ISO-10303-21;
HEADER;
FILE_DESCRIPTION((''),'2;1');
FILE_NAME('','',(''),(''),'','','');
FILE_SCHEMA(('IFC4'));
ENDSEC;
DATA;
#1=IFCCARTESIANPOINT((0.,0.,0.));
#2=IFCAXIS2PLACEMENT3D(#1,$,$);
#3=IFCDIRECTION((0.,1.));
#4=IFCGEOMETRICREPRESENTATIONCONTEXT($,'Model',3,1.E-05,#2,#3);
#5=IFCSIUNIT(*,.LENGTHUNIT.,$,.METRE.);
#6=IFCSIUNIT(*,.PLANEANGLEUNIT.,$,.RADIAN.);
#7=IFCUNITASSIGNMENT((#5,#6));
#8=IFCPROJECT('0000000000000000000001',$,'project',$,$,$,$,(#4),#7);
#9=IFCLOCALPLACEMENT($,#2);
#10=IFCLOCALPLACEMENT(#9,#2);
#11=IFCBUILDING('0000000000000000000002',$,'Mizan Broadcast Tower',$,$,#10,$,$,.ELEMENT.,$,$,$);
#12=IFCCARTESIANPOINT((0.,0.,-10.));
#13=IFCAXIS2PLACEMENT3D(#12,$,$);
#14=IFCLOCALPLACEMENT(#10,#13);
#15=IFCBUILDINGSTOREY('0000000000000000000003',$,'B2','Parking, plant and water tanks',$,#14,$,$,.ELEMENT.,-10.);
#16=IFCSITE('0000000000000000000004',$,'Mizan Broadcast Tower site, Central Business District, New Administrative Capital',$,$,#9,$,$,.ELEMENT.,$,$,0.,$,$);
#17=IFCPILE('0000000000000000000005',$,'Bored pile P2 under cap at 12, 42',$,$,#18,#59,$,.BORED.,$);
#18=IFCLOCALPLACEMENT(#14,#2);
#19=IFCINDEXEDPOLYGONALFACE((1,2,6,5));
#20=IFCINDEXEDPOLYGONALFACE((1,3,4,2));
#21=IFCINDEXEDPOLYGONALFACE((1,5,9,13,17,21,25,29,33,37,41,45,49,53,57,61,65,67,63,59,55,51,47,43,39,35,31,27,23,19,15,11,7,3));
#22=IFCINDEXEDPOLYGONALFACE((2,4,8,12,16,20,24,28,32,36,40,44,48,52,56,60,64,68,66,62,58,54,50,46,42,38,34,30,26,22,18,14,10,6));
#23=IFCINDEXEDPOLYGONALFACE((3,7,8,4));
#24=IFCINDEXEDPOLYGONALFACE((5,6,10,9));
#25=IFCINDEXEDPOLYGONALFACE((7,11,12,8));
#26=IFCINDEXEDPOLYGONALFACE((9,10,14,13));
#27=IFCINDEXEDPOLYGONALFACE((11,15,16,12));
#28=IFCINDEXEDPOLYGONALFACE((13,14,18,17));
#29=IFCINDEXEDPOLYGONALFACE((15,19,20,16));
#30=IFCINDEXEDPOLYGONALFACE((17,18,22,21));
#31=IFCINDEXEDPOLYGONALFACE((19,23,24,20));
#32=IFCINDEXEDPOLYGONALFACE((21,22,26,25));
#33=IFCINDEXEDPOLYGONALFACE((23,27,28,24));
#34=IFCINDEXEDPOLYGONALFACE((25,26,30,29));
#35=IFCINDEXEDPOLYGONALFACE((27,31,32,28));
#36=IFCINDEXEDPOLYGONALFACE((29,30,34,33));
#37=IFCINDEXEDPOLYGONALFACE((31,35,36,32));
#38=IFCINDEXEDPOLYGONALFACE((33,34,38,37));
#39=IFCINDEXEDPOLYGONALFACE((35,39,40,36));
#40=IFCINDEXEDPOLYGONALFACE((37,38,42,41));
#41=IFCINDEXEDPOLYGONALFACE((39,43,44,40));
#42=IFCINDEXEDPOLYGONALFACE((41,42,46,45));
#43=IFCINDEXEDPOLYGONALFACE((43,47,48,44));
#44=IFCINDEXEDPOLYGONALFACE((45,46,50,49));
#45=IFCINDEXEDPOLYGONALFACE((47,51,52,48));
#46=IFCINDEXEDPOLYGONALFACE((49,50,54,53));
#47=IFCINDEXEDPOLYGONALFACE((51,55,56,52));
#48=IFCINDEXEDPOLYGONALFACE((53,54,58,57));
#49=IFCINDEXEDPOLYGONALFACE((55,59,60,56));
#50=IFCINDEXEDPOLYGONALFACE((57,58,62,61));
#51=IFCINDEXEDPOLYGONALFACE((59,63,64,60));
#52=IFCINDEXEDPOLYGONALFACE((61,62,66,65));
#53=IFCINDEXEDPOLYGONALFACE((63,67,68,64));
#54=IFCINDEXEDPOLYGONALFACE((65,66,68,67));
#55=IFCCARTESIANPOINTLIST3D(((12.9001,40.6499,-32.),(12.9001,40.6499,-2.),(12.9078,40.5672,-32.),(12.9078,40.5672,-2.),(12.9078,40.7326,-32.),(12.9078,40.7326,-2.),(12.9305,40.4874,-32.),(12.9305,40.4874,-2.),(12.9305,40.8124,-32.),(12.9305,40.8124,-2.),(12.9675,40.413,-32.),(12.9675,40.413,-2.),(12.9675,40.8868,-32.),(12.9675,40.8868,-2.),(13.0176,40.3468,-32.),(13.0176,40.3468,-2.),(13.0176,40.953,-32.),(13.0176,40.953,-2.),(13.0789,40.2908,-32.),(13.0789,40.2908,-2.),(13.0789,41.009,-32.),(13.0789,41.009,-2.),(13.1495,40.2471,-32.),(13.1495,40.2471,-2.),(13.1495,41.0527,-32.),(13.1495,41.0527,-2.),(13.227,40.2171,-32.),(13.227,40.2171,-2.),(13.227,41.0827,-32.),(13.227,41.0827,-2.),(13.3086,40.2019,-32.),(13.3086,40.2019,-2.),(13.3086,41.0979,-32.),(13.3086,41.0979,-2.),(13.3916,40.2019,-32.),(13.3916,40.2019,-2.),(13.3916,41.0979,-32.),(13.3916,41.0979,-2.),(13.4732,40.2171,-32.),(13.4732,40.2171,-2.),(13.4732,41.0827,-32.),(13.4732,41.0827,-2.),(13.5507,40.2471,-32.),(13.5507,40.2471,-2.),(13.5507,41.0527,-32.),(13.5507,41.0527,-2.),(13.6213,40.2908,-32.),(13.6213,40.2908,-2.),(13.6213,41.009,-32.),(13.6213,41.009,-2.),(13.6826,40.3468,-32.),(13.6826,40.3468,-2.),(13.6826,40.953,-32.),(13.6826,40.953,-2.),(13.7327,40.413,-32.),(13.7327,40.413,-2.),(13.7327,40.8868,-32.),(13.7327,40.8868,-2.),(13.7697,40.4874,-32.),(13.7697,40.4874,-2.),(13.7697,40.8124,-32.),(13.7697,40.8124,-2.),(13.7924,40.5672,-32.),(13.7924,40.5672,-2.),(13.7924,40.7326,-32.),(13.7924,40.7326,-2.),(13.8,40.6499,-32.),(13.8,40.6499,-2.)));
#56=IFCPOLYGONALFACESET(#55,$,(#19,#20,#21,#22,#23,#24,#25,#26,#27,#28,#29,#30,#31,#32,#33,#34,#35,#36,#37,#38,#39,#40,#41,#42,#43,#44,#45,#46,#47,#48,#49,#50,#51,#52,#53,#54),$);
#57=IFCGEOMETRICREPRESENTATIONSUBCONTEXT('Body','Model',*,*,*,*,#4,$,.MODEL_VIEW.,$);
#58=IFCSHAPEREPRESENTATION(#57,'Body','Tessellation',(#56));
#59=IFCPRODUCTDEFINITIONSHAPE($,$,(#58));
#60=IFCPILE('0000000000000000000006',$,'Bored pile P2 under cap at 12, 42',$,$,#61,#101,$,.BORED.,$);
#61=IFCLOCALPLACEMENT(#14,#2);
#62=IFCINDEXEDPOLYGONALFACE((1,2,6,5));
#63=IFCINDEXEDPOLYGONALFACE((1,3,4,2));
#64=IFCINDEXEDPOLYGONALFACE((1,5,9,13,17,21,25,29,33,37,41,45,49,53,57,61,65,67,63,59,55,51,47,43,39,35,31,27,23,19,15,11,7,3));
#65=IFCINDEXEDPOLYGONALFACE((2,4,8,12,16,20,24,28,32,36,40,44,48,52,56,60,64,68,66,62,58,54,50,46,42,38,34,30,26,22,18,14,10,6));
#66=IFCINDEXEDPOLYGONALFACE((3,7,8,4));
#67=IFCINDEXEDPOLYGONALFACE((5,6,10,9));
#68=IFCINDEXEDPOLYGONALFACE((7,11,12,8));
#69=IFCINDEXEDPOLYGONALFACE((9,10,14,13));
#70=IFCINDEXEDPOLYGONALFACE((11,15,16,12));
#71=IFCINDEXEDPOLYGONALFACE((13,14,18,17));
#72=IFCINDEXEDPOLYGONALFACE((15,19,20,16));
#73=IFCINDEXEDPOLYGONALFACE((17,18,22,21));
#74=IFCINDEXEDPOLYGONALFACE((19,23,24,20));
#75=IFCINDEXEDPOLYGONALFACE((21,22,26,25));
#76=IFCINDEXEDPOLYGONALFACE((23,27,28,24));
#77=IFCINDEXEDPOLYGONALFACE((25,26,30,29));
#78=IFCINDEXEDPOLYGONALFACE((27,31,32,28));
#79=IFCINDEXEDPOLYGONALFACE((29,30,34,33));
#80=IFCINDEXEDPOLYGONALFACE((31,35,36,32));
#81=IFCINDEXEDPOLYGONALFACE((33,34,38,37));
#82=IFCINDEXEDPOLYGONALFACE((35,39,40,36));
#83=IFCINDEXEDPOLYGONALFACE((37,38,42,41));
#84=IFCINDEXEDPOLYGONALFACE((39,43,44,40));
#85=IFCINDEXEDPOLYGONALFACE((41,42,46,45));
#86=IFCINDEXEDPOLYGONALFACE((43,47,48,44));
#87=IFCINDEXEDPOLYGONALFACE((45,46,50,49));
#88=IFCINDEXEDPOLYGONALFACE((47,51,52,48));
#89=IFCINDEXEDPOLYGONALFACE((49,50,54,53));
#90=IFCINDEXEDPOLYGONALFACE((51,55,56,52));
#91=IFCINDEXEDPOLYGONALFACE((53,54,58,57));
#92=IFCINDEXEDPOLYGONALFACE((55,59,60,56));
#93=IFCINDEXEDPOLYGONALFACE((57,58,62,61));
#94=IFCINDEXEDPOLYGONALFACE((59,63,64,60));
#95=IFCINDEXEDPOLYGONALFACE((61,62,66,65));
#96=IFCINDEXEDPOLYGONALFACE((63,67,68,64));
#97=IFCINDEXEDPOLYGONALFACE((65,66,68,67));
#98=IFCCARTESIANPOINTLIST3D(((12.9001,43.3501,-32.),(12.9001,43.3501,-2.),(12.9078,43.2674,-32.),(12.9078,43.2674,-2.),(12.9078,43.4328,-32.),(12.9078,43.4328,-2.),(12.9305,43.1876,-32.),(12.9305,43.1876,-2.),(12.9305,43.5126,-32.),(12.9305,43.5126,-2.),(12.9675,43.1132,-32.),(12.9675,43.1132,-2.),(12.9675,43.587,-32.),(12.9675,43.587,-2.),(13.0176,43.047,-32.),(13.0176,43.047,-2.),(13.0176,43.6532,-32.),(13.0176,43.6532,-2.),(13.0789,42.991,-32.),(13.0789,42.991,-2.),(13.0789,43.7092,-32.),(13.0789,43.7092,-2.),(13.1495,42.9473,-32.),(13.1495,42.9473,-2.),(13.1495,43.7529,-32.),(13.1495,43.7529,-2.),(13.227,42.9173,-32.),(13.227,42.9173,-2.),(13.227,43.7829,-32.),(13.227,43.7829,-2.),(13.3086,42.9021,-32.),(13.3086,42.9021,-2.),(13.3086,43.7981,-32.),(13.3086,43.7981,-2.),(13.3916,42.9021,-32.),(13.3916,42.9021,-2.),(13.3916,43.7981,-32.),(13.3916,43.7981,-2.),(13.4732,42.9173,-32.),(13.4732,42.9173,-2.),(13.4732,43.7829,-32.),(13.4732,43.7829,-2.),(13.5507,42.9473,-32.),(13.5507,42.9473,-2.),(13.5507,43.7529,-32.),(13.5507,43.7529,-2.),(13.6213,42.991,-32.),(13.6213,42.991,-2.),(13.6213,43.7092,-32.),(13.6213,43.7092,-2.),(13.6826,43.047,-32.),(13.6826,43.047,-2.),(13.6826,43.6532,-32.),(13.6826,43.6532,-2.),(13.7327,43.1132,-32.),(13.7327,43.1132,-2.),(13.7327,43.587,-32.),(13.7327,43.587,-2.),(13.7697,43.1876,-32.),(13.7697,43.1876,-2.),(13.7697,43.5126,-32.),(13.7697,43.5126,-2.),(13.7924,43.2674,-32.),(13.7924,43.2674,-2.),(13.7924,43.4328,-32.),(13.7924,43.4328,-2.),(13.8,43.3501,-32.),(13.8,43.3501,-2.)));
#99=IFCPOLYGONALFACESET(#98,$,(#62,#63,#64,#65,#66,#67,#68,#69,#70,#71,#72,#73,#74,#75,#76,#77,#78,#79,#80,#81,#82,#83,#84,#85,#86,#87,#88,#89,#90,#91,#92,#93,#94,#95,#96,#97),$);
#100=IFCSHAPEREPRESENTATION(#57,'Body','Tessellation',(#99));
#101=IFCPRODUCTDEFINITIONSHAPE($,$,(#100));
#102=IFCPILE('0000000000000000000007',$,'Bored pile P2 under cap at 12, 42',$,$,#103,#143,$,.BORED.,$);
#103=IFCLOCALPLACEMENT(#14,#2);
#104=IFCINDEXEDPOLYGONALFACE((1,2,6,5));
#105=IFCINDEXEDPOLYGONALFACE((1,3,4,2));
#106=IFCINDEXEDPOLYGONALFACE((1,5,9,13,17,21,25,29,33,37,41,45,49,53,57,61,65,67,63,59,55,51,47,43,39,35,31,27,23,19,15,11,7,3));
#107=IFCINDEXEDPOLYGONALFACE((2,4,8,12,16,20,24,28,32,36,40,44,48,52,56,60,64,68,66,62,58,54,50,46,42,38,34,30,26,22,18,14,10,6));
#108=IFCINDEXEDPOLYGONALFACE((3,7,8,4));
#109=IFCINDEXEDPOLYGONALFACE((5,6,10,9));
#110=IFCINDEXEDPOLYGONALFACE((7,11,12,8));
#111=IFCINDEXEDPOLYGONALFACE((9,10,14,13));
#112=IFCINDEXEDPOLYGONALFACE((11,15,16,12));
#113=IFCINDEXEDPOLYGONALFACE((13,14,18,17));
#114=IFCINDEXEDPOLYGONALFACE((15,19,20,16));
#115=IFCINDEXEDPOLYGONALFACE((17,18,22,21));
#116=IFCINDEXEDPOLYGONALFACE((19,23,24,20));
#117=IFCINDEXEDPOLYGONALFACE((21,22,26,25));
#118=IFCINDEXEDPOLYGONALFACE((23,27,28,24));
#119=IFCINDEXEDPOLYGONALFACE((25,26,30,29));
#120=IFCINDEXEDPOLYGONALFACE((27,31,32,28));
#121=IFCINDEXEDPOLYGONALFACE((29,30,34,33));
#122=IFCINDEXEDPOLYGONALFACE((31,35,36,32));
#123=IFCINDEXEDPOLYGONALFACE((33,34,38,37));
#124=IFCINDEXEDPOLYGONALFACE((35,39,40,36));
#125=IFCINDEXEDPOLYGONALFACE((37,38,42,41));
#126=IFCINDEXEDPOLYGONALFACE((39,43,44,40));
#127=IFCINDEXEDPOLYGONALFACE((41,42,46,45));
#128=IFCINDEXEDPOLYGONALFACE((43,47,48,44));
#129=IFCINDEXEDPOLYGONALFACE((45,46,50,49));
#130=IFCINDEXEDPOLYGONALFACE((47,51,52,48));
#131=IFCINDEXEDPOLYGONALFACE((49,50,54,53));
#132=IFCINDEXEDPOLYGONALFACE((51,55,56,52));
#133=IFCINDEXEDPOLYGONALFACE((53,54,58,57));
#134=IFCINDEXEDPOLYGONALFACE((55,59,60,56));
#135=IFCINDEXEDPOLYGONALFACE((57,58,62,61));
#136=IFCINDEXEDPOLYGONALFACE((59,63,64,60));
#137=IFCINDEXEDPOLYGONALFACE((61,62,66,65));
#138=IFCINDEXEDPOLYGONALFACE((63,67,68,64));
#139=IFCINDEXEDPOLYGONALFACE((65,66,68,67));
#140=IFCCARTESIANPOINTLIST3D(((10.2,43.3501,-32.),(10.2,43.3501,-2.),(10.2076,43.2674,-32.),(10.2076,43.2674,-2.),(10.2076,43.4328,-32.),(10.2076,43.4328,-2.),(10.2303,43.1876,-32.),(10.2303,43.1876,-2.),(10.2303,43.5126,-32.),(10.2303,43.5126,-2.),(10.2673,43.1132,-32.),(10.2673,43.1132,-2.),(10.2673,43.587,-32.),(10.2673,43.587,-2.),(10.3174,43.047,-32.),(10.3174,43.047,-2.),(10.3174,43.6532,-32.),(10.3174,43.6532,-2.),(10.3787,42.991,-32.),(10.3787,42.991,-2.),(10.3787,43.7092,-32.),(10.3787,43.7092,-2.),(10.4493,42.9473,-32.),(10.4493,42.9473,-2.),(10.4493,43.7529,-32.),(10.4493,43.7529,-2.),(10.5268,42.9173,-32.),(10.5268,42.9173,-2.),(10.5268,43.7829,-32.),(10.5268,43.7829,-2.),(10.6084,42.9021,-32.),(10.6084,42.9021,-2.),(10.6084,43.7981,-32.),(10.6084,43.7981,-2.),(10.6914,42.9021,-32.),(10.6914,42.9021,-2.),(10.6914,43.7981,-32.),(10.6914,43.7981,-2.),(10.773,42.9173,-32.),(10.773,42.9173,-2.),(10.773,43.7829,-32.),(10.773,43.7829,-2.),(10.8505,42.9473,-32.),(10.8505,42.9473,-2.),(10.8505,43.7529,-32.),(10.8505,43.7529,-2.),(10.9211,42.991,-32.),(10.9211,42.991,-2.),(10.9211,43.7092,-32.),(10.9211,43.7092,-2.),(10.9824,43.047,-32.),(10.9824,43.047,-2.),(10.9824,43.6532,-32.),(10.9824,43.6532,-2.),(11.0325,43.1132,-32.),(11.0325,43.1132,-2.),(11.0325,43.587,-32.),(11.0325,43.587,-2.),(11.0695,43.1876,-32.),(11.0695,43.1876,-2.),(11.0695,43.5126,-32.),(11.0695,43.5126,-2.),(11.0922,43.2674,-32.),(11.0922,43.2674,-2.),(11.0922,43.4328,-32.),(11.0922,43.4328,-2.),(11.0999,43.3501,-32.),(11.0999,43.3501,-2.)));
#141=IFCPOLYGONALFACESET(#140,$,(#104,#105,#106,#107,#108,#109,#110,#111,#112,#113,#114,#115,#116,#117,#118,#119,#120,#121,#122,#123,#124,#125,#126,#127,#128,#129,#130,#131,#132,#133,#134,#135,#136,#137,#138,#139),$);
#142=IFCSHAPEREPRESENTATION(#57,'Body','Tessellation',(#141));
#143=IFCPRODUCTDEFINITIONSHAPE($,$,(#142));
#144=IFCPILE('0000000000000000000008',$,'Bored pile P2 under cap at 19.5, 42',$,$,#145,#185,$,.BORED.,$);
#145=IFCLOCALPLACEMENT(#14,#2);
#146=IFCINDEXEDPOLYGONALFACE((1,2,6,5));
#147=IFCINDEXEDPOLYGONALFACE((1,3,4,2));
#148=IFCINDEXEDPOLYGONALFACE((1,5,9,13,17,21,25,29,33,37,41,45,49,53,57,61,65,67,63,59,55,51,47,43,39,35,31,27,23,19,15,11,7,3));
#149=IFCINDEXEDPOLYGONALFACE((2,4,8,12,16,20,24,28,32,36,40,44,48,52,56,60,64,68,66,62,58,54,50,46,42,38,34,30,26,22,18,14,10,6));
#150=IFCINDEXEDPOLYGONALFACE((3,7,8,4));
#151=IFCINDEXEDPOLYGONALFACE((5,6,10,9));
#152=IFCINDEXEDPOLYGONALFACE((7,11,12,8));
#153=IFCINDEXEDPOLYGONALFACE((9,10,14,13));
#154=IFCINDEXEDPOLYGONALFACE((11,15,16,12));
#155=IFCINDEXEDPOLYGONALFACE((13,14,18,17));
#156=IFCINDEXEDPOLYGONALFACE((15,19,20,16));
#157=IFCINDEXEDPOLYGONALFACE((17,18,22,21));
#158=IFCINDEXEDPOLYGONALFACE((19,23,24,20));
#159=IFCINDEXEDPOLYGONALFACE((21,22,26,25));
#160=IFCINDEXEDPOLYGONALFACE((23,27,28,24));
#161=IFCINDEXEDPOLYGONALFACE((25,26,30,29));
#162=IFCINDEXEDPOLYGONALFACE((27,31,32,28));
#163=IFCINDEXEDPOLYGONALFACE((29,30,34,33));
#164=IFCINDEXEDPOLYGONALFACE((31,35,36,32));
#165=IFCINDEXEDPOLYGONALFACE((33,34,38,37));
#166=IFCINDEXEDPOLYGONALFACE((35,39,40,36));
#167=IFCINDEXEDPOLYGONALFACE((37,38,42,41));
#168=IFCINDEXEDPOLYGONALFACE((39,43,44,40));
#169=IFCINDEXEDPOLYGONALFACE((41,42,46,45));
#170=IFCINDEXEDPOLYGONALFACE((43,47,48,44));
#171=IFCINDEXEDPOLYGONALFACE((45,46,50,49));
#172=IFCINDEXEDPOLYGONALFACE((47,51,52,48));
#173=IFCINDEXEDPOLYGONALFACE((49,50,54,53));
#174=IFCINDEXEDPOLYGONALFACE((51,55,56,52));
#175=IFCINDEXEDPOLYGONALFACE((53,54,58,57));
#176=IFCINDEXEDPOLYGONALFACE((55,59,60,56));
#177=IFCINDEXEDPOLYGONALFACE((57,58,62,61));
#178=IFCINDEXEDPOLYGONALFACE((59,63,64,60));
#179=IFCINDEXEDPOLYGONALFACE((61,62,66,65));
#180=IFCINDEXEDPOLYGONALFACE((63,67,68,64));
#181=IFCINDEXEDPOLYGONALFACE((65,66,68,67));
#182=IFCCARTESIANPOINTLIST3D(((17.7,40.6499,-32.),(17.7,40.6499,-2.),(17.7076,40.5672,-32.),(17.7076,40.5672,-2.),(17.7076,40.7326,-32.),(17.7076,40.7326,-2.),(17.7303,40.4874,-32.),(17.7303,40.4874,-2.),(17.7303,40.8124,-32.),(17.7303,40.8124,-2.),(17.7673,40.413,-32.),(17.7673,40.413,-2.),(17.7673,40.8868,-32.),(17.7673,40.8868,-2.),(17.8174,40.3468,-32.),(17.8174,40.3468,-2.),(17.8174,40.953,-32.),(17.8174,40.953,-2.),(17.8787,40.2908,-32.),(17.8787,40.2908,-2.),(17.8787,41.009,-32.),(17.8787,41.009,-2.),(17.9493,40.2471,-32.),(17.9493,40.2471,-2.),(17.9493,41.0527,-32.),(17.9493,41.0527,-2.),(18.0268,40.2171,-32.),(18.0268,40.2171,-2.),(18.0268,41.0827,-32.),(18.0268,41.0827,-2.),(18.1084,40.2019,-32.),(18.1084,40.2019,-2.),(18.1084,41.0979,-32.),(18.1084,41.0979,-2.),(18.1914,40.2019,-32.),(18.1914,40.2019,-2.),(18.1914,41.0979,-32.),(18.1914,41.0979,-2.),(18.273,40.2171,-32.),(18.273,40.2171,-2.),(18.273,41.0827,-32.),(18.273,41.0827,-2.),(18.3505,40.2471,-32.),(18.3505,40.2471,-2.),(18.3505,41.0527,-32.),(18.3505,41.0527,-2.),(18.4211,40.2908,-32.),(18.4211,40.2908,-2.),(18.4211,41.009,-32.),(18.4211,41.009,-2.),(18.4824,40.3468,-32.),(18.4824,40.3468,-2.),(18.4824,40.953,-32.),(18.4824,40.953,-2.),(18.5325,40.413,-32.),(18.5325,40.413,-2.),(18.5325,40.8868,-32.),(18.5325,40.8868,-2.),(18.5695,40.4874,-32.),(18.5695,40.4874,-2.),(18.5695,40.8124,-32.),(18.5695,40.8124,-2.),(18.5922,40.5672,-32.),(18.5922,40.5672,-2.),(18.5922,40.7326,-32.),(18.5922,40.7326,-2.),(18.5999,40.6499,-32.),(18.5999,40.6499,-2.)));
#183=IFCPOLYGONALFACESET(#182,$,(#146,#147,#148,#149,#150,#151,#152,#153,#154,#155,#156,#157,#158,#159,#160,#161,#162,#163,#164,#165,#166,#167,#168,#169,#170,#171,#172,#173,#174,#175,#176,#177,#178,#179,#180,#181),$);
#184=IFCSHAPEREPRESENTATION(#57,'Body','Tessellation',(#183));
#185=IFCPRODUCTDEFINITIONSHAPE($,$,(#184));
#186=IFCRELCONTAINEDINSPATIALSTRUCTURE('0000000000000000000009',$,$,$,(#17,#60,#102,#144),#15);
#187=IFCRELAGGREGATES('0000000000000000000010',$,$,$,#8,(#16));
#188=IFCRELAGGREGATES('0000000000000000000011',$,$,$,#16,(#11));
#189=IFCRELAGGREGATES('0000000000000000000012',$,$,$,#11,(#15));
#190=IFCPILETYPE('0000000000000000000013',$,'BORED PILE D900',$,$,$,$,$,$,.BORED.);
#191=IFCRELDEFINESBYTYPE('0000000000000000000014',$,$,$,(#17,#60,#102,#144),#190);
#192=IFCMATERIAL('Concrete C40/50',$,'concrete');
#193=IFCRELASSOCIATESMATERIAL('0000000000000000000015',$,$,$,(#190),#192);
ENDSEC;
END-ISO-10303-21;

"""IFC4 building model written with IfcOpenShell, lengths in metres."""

from ifc_helpers import new_model, si_unit, direction, frame, origin, origin_2d, place, context, subcontext, project, spatial, circle, extrude, material, material_profile, profile_set, type_object, element, save


model = new_model("IFC4")

# Units and contexts
model_context = context("Model", 3, precision=1e-05, world=origin(), true_north=direction((0.0, 1.0)))
body_context = subcontext(model_context, "Body", "Model", "MODEL_VIEW")
ifc_project = project(units=[si_unit("LENGTHUNIT", "METRE"), si_unit("PLANEANGLEUNIT", "RADIAN")], contexts=[model_context])

# Site, building, storey
site_placement = place(None, origin())
site = spatial("IfcSite", under=ifc_project, at=site_placement, Name="Mizan Broadcast Tower site, Central Business District, New Administrative Capital", CompositionType="ELEMENT", RefElevation=0.0)
building_placement = place(site_placement, origin())
building = spatial("IfcBuilding", under=site, at=building_placement, Name="Mizan Broadcast Tower", CompositionType="ELEMENT")
storey_placement = place(building_placement, frame((0.0, 0.0, -10.0)))
storey = spatial("IfcBuildingStorey", under=building, at=storey_placement, Name="B2", Description="Parking, plant and water tanks", CompositionType="ELEMENT", Elevation=-10.0)

# Piles
ifc_material_1 = material(Name="Concrete C40/50", Category="concrete")
ifc_material_profile_1 = material_profile(ifc_material_1, circle(Radius=0.45, at=origin_2d()), Name="D900")
ifc_profile_set_1 = profile_set([ifc_material_profile_1], Name="Concrete C40/50")
pile_type_1 = type_object("IfcPileType", Name="BORED PILE D900", PredefinedType="BORED", material=ifc_profile_set_1)
for number, where, z_axis, x_axis, name in (
    (1, (13.3501, 40.6499, -2.0), (0.0, 0.0, -1.0), (1.0, 0.0, 0.0), "Bored pile P2 under cap at 12, 42"),
    (2, (13.3501, 43.3501, -2.0), (0.0, 0.0, -1.0), (1.0, 0.0, 0.0), "Bored pile P2 under cap at 12, 42"),
    (3, (10.6499, 43.3501, -2.0), (0.0, 0.0, -1.0), (1.0, 0.0, 0.0), "Bored pile P2 under cap at 12, 42"),
    (4, (18.1499, 40.6499, -2.0), (0.0, 0.0, -1.0), (1.0, 0.0, 0.0), "Bored pile P2 under cap at 19.5, 42"),
):
    element("IfcPile", number, at=place(storey_placement, frame(where, z_axis=z_axis, x_axis=x_axis)), inside=storey, type_object=pile_type_1, Name=name, PredefinedType="BORED", context=body_context, shape_type="SweptSolid", body=[
        extrude(circle(Radius=0.45, at=origin_2d()), origin(), (0.0, 0.0, 1.0), 30.0),
    ])

save(model, "model.ifc")
